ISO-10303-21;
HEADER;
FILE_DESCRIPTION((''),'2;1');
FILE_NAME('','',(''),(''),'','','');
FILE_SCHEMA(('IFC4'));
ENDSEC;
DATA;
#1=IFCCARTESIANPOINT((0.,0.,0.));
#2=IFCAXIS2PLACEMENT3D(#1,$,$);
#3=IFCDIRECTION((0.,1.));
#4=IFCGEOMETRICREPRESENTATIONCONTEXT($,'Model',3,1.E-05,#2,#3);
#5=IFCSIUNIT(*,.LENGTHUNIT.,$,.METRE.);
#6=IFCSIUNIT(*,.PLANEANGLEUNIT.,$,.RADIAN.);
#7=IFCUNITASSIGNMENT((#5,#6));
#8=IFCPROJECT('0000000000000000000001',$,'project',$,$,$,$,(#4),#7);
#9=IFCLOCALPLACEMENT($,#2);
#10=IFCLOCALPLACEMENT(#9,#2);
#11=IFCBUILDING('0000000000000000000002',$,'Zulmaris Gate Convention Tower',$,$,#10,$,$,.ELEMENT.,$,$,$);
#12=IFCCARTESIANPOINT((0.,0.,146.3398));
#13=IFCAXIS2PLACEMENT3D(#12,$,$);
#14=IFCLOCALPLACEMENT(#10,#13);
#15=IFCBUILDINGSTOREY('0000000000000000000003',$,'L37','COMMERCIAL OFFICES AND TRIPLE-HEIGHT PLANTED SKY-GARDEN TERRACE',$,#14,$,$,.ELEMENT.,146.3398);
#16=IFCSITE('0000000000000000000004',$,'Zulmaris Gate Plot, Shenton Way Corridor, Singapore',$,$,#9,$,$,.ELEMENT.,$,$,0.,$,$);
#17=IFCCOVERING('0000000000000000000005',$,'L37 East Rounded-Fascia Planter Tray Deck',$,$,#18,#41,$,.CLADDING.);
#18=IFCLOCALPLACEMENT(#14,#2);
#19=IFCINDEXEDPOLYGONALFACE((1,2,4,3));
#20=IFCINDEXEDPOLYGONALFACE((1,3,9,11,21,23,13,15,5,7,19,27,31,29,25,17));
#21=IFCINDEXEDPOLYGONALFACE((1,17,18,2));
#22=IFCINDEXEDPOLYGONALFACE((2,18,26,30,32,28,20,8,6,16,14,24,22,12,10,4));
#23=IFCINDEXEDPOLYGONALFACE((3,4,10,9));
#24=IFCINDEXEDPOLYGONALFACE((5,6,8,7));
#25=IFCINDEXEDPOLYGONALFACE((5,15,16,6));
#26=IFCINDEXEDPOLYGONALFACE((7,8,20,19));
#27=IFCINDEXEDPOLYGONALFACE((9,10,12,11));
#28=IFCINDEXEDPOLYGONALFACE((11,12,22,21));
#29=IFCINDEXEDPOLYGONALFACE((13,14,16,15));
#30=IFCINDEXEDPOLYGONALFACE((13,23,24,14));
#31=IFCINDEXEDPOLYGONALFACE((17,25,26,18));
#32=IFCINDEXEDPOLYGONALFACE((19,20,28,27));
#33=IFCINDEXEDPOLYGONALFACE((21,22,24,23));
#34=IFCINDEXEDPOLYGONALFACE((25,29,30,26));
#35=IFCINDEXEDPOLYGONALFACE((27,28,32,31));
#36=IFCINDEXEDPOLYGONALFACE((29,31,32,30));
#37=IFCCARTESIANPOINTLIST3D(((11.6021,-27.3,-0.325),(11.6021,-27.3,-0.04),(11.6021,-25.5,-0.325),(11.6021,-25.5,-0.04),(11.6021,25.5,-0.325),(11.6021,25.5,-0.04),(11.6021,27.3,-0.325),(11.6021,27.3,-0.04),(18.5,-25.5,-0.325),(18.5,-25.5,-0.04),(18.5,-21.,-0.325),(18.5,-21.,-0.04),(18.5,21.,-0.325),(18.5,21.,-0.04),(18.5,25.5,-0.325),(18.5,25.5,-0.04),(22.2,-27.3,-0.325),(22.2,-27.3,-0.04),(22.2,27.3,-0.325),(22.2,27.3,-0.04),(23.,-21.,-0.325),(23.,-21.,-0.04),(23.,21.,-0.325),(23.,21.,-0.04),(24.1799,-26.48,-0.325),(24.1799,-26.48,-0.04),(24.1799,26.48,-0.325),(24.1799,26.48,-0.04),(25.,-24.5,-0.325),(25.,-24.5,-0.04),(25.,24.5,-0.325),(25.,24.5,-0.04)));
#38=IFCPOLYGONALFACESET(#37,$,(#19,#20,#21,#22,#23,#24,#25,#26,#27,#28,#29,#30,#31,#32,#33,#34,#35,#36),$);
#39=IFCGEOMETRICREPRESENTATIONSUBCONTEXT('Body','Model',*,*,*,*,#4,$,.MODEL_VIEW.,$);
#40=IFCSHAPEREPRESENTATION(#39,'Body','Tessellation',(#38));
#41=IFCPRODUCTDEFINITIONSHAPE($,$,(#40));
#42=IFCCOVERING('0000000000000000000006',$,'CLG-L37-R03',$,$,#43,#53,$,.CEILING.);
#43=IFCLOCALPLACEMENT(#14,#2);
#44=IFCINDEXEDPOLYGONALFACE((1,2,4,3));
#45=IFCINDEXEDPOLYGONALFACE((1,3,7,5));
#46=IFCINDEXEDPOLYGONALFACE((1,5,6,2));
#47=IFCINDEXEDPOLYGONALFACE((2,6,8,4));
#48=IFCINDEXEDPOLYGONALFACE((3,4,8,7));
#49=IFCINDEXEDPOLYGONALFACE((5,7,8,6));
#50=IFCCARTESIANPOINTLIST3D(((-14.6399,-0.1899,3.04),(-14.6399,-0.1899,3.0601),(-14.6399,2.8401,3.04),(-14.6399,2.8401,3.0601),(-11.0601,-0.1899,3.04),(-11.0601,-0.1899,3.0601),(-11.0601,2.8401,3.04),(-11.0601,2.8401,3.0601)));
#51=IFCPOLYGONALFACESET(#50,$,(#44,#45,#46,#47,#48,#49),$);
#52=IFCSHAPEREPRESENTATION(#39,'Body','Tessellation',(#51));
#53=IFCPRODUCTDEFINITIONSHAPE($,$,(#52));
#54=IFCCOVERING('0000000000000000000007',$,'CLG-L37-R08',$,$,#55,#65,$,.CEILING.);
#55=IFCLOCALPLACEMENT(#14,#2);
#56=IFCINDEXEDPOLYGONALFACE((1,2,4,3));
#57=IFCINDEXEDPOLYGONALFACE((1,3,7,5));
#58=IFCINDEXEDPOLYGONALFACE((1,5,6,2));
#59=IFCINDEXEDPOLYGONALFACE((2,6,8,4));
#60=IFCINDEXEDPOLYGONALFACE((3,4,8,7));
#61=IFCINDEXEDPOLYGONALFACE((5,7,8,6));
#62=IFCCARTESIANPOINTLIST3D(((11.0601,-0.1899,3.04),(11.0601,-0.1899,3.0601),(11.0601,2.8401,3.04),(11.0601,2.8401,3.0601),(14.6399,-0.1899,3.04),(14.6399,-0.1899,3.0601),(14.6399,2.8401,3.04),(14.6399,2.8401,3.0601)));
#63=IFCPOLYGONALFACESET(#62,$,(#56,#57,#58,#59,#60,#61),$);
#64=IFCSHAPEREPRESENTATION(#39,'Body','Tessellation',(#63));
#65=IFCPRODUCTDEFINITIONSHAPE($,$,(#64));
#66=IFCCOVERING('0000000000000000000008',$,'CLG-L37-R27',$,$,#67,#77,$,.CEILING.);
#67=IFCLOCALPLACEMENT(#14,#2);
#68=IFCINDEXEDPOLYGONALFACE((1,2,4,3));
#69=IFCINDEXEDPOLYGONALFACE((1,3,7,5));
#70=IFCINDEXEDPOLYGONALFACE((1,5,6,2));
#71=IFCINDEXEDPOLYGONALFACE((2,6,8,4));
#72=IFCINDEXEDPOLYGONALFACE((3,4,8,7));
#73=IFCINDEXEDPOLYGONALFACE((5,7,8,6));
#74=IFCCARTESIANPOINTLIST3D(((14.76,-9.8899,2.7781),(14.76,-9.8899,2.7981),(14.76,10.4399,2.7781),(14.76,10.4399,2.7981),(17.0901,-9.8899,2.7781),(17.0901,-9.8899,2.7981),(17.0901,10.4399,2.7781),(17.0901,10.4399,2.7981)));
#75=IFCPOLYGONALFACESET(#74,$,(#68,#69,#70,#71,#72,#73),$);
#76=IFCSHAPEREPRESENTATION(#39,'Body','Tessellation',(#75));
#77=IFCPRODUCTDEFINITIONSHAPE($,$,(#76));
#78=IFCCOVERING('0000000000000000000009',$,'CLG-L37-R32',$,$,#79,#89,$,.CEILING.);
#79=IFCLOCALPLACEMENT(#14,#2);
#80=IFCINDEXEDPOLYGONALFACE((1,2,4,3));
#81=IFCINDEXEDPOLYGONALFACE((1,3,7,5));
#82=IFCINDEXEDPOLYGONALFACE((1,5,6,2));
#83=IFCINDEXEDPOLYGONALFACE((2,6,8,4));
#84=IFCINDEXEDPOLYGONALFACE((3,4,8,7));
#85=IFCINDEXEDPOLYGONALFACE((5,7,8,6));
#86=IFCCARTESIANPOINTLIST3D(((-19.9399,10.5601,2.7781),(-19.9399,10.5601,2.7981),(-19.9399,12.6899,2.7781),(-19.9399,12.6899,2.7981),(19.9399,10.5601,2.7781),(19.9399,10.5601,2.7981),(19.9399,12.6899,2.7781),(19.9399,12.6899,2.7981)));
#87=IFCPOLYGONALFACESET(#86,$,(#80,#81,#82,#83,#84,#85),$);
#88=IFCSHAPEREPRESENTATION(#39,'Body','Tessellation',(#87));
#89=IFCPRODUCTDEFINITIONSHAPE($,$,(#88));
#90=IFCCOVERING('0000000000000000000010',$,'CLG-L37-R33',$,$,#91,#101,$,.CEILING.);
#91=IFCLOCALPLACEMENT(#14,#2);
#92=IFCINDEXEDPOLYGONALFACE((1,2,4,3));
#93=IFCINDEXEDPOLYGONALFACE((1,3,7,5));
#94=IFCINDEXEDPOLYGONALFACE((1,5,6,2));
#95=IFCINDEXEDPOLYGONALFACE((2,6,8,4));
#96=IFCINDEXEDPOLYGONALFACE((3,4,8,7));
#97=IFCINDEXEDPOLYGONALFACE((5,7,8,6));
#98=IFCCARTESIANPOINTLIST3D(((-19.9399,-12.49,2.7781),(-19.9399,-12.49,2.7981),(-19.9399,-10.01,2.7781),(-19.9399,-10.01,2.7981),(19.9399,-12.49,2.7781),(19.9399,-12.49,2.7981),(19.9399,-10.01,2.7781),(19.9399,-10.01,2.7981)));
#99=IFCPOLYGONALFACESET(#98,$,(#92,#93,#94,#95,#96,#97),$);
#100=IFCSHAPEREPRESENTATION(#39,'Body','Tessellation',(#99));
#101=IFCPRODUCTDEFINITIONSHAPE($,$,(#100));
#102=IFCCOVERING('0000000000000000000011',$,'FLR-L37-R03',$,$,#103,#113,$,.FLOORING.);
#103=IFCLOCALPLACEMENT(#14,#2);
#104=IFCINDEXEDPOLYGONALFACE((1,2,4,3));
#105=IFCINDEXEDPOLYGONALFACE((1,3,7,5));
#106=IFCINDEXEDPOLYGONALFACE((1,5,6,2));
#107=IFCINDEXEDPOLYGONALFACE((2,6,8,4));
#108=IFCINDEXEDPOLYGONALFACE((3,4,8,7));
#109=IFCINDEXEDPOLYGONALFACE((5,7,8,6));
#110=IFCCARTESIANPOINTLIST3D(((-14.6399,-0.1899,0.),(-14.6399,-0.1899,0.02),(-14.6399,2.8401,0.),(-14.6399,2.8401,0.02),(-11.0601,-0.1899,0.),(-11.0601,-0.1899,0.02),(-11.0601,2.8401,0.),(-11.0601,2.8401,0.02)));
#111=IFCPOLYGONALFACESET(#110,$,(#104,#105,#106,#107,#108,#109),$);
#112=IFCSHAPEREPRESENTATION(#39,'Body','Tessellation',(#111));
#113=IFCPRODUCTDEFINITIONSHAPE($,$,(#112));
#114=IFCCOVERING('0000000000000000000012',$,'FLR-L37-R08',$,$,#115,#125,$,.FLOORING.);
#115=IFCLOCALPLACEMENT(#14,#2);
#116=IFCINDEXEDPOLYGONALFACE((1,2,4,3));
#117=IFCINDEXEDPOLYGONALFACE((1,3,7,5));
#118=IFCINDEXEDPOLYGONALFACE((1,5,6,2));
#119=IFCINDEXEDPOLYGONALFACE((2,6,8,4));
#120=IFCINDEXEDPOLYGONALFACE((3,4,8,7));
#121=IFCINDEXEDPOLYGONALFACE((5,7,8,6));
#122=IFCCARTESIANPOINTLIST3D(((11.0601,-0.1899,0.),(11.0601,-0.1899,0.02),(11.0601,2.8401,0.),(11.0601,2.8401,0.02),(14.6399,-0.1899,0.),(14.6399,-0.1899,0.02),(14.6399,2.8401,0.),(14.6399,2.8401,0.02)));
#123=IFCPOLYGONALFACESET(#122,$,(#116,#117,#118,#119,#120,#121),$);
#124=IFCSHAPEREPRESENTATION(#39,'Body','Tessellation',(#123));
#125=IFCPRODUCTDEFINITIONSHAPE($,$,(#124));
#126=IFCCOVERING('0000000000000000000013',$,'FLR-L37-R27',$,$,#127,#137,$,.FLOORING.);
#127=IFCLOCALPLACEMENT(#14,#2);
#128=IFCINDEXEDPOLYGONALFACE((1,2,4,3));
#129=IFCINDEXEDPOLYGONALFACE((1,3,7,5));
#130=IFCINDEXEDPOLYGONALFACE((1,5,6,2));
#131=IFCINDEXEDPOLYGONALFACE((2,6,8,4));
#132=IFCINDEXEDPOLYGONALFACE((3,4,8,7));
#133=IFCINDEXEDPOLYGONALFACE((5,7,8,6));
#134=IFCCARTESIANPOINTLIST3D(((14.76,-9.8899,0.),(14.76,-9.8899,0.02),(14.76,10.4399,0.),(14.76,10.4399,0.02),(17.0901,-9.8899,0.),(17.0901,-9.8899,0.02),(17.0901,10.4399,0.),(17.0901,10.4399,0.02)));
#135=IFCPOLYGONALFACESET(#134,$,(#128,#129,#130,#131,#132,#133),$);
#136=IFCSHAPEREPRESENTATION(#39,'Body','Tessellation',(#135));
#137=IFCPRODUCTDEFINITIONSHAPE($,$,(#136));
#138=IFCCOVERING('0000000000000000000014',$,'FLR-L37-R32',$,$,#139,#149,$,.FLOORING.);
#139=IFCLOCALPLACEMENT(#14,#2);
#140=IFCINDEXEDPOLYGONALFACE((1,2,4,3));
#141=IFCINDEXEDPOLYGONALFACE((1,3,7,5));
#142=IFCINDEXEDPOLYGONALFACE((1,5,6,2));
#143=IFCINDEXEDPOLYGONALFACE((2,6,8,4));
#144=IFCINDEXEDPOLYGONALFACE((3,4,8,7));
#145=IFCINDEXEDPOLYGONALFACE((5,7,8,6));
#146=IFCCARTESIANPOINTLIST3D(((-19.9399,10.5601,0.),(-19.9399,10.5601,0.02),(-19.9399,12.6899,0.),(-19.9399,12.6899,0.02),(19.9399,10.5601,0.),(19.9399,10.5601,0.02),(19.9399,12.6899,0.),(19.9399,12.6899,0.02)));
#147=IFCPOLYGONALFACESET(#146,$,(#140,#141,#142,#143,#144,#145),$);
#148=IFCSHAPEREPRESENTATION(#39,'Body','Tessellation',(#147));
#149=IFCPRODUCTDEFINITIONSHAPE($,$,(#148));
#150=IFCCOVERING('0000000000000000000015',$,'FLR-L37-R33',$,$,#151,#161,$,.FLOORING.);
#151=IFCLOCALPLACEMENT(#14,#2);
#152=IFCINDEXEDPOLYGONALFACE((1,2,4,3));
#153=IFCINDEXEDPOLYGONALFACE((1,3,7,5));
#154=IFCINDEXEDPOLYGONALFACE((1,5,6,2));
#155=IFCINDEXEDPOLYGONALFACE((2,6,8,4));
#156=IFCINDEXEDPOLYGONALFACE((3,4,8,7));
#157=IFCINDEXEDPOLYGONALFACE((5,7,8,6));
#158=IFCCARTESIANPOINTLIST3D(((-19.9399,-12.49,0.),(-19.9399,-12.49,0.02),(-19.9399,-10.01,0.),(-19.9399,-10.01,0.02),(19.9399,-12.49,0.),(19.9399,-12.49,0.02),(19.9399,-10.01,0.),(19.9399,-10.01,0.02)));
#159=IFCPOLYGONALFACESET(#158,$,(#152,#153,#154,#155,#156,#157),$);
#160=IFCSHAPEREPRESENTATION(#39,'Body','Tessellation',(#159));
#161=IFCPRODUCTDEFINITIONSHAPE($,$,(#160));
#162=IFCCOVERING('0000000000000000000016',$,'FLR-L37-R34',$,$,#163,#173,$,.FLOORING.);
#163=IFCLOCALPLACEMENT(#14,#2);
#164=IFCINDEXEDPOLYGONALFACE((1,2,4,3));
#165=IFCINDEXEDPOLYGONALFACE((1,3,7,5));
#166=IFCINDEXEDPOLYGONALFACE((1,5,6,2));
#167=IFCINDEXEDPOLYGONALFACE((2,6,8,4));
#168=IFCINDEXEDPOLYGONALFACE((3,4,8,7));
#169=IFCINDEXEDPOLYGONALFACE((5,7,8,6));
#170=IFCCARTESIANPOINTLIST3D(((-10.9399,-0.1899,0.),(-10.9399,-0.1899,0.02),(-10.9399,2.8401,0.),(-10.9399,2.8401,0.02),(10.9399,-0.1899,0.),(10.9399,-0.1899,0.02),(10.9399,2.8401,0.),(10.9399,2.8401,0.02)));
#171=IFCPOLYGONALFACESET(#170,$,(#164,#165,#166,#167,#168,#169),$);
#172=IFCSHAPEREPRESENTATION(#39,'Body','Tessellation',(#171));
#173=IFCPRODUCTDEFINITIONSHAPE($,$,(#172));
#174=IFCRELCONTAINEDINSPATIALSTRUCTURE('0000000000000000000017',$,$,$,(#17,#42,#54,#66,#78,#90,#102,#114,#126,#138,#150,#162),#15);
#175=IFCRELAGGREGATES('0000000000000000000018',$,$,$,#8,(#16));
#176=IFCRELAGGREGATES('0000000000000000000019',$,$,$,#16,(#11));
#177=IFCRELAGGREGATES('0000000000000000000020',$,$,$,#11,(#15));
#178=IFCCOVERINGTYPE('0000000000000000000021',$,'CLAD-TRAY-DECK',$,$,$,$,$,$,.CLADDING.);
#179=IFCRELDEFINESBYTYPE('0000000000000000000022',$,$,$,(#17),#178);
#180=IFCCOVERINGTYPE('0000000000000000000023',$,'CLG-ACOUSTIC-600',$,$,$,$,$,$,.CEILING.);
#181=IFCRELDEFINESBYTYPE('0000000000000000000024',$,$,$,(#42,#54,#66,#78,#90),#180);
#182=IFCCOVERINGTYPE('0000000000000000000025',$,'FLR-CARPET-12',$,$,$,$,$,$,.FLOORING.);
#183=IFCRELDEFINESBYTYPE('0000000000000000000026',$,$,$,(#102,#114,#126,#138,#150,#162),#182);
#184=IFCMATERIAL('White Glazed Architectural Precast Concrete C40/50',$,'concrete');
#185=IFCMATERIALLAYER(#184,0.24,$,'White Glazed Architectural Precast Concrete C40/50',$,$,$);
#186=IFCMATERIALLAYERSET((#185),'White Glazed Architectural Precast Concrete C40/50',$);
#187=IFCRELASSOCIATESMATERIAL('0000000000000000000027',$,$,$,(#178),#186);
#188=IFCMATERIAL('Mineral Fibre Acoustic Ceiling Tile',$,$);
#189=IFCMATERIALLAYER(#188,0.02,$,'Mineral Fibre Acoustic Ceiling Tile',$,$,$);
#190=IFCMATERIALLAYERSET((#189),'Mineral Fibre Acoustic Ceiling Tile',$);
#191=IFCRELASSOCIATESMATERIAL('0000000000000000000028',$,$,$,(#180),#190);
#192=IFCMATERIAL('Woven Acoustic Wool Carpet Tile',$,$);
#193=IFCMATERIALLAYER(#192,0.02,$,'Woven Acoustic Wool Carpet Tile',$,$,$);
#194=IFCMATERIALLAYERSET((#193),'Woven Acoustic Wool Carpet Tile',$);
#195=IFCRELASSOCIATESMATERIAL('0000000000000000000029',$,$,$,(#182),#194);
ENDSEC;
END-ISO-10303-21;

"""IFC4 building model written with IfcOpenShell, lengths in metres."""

from ifc_helpers import new_model, si_unit, direction, frame, origin, place, context, subcontext, project, spatial, polyline, outline, extrude, material, layer, layer_set, type_object, element, save


model = new_model("IFC4")

# Units and contexts
model_context = context("Model", 3, precision=1e-05, world=origin(), true_north=direction((0.0, 1.0)))
body_context = subcontext(model_context, "Body", "Model", "MODEL_VIEW")
ifc_project = project(units=[si_unit("LENGTHUNIT", "METRE"), si_unit("PLANEANGLEUNIT", "RADIAN")], contexts=[model_context])

# Site, building, storey
site_placement = place(None, origin())
site = spatial("IfcSite", under=ifc_project, at=site_placement, Name="Zulmaris Gate Plot, Shenton Way Corridor, Singapore", CompositionType="ELEMENT", RefElevation=0.0)
building_placement = place(site_placement, origin())
building = spatial("IfcBuilding", under=site, at=building_placement, Name="Zulmaris Gate Convention Tower", CompositionType="ELEMENT")
storey_placement = place(building_placement, frame((0.0, 0.0, 146.3398)))
storey = spatial("IfcBuildingStorey", under=building, at=storey_placement, Name="L37", Description="COMMERCIAL OFFICES AND TRIPLE-HEIGHT PLANTED SKY-GARDEN TERRACE", CompositionType="ELEMENT", Elevation=146.3398)

# Coverings
ifc_material_1 = material(Name="White Glazed Architectural Precast Concrete C40/50", Category="concrete")
ifc_layer_1 = layer(ifc_material_1, 0.24, Name="White Glazed Architectural Precast Concrete C40/50")
ifc_layer_set_1 = layer_set([ifc_layer_1], Name="White Glazed Architectural Precast Concrete C40/50")
covering_type_1 = type_object("IfcCoveringType", Name="CLAD-TRAY-DECK", PredefinedType="CLADDING", material=ifc_layer_set_1)
covering_1_placement = place(storey_placement, frame((0.0, 0.0, -0.325)))
element("IfcCovering", 1, at=covering_1_placement, inside=storey, type_object=covering_type_1, Name="L37 East Rounded-Fascia Planter Tray Deck", PredefinedType="CLADDING", context=body_context, shape_type="SweptSolid", body=[
    extrude(outline(polyline([(22.2, 27.3), (24.1799, 26.48), (25.0, 24.5), (25.0, -24.5), (24.1799, -26.48), (22.2, -27.3), (11.6021, -27.3), (11.6021, -25.5), (18.5, -25.5), (18.5, -21.0), (23.0, -21.0), (23.0, 21.0), (18.5, 21.0), (18.5, 25.5), (11.6021, 25.5), (11.6021, 27.3), (22.2, 27.3)])), origin(), (0.0, 0.0, 1.0), 0.2849),
])
ifc_material_2 = material(Name="Mineral Fibre Acoustic Ceiling Tile")
ifc_layer_2 = layer(ifc_material_2, 0.02, Name="Mineral Fibre Acoustic Ceiling Tile")
ifc_layer_set_2 = layer_set([ifc_layer_2], Name="Mineral Fibre Acoustic Ceiling Tile")
covering_type_2 = type_object("IfcCoveringType", Name="CLG-ACOUSTIC-600", PredefinedType="CEILING", material=ifc_layer_set_2)
covering_2_placement = place(storey_placement, frame((0.0, 0.0, 3.04)))
element("IfcCovering", 2, at=covering_2_placement, inside=storey, type_object=covering_type_2, Name="CLG-L37-R03", PredefinedType="CEILING", context=body_context, shape_type="SweptSolid", body=[
    extrude(outline(polyline([(-14.6399, -0.1899), (-11.0601, -0.1899), (-11.0601, 2.8401), (-14.6399, 2.8401), (-14.6399, -0.1899)])), origin(), (0.0, 0.0, 1.0), 0.02),
])
covering_3_placement = place(storey_placement, frame((0.0, 0.0, 3.04)))
element("IfcCovering", 3, at=covering_3_placement, inside=storey, type_object=covering_type_2, Name="CLG-L37-R08", PredefinedType="CEILING", context=body_context, shape_type="SweptSolid", body=[
    extrude(outline(polyline([(11.0601, -0.1899), (14.6399, -0.1899), (14.6399, 2.8401), (11.0601, 2.8401), (11.0601, -0.1899)])), origin(), (0.0, 0.0, 1.0), 0.02),
])
covering_4_placement = place(storey_placement, frame((0.0, 0.0, 2.7781)))
element("IfcCovering", 4, at=covering_4_placement, inside=storey, type_object=covering_type_2, Name="CLG-L37-R27", PredefinedType="CEILING", context=body_context, shape_type="SweptSolid", body=[
    extrude(outline(polyline([(14.76, -9.8899), (17.0901, -9.8899), (17.0901, 10.4399), (14.76, 10.4399), (14.76, -9.8899)])), origin(), (0.0, 0.0, 1.0), 0.02),
])
covering_5_placement = place(storey_placement, frame((0.0, 0.0, 2.7781)))
element("IfcCovering", 5, at=covering_5_placement, inside=storey, type_object=covering_type_2, Name="CLG-L37-R32", PredefinedType="CEILING", context=body_context, shape_type="SweptSolid", body=[
    extrude(outline(polyline([(-19.9399, 10.5601), (19.9399, 10.5601), (19.9399, 12.6899), (-19.9399, 12.6899), (-19.9399, 10.5601)])), origin(), (0.0, 0.0, 1.0), 0.02),
])
covering_6_placement = place(storey_placement, frame((0.0, 0.0, 2.7781)))
element("IfcCovering", 6, at=covering_6_placement, inside=storey, type_object=covering_type_2, Name="CLG-L37-R33", PredefinedType="CEILING", context=body_context, shape_type="SweptSolid", body=[
    extrude(outline(polyline([(-19.9399, -12.49), (19.9399, -12.49), (19.9399, -10.01), (-19.9399, -10.01), (-19.9399, -12.49)])), origin(), (0.0, 0.0, 1.0), 0.02),
])
ifc_material_3 = material(Name="Woven Acoustic Wool Carpet Tile")
ifc_layer_3 = layer(ifc_material_3, 0.02, Name="Woven Acoustic Wool Carpet Tile")
ifc_layer_set_3 = layer_set([ifc_layer_3], Name="Woven Acoustic Wool Carpet Tile")
covering_type_3 = type_object("IfcCoveringType", Name="FLR-CARPET-12", PredefinedType="FLOORING", material=ifc_layer_set_3)
covering_7_placement = place(storey_placement, origin())
element("IfcCovering", 7, at=covering_7_placement, inside=storey, type_object=covering_type_3, Name="FLR-L37-R03", PredefinedType="FLOORING", context=body_context, shape_type="SweptSolid", body=[
    extrude(outline(polyline([(-14.6399, -0.1899), (-11.0601, -0.1899), (-11.0601, 2.8401), (-14.6399, 2.8401), (-14.6399, -0.1899)])), origin(), (0.0, 0.0, 1.0), 0.02),
])
covering_8_placement = place(storey_placement, origin())
element("IfcCovering", 8, at=covering_8_placement, inside=storey, type_object=covering_type_3, Name="FLR-L37-R08", PredefinedType="FLOORING", context=body_context, shape_type="SweptSolid", body=[
    extrude(outline(polyline([(11.0601, -0.1899), (14.6399, -0.1899), (14.6399, 2.8401), (11.0601, 2.8401), (11.0601, -0.1899)])), origin(), (0.0, 0.0, 1.0), 0.02),
])
covering_9_placement = place(storey_placement, origin())
element("IfcCovering", 9, at=covering_9_placement, inside=storey, type_object=covering_type_3, Name="FLR-L37-R27", PredefinedType="FLOORING", context=body_context, shape_type="SweptSolid", body=[
    extrude(outline(polyline([(14.76, -9.8899), (17.0901, -9.8899), (17.0901, 10.4399), (14.76, 10.4399), (14.76, -9.8899)])), origin(), (0.0, 0.0, 1.0), 0.02),
])
covering_10_placement = place(storey_placement, origin())
element("IfcCovering", 10, at=covering_10_placement, inside=storey, type_object=covering_type_3, Name="FLR-L37-R32", PredefinedType="FLOORING", context=body_context, shape_type="SweptSolid", body=[
    extrude(outline(polyline([(-19.9399, 10.5601), (19.9399, 10.5601), (19.9399, 12.6899), (-19.9399, 12.6899), (-19.9399, 10.5601)])), origin(), (0.0, 0.0, 1.0), 0.02),
])
covering_11_placement = place(storey_placement, origin())
element("IfcCovering", 11, at=covering_11_placement, inside=storey, type_object=covering_type_3, Name="FLR-L37-R33", PredefinedType="FLOORING", context=body_context, shape_type="SweptSolid", body=[
    extrude(outline(polyline([(-19.9399, -12.49), (19.9399, -12.49), (19.9399, -10.01), (-19.9399, -10.01), (-19.9399, -12.49)])), origin(), (0.0, 0.0, 1.0), 0.02),
])
covering_12_placement = place(storey_placement, origin())
element("IfcCovering", 12, at=covering_12_placement, inside=storey, type_object=covering_type_3, Name="FLR-L37-R34", PredefinedType="FLOORING", context=body_context, shape_type="SweptSolid", body=[
    extrude(outline(polyline([(-10.9399, -0.1899), (10.9399, -0.1899), (10.9399, 2.8401), (-10.9399, 2.8401), (-10.9399, -0.1899)])), origin(), (0.0, 0.0, 1.0), 0.02),
])

save(model, "model.ifc")
